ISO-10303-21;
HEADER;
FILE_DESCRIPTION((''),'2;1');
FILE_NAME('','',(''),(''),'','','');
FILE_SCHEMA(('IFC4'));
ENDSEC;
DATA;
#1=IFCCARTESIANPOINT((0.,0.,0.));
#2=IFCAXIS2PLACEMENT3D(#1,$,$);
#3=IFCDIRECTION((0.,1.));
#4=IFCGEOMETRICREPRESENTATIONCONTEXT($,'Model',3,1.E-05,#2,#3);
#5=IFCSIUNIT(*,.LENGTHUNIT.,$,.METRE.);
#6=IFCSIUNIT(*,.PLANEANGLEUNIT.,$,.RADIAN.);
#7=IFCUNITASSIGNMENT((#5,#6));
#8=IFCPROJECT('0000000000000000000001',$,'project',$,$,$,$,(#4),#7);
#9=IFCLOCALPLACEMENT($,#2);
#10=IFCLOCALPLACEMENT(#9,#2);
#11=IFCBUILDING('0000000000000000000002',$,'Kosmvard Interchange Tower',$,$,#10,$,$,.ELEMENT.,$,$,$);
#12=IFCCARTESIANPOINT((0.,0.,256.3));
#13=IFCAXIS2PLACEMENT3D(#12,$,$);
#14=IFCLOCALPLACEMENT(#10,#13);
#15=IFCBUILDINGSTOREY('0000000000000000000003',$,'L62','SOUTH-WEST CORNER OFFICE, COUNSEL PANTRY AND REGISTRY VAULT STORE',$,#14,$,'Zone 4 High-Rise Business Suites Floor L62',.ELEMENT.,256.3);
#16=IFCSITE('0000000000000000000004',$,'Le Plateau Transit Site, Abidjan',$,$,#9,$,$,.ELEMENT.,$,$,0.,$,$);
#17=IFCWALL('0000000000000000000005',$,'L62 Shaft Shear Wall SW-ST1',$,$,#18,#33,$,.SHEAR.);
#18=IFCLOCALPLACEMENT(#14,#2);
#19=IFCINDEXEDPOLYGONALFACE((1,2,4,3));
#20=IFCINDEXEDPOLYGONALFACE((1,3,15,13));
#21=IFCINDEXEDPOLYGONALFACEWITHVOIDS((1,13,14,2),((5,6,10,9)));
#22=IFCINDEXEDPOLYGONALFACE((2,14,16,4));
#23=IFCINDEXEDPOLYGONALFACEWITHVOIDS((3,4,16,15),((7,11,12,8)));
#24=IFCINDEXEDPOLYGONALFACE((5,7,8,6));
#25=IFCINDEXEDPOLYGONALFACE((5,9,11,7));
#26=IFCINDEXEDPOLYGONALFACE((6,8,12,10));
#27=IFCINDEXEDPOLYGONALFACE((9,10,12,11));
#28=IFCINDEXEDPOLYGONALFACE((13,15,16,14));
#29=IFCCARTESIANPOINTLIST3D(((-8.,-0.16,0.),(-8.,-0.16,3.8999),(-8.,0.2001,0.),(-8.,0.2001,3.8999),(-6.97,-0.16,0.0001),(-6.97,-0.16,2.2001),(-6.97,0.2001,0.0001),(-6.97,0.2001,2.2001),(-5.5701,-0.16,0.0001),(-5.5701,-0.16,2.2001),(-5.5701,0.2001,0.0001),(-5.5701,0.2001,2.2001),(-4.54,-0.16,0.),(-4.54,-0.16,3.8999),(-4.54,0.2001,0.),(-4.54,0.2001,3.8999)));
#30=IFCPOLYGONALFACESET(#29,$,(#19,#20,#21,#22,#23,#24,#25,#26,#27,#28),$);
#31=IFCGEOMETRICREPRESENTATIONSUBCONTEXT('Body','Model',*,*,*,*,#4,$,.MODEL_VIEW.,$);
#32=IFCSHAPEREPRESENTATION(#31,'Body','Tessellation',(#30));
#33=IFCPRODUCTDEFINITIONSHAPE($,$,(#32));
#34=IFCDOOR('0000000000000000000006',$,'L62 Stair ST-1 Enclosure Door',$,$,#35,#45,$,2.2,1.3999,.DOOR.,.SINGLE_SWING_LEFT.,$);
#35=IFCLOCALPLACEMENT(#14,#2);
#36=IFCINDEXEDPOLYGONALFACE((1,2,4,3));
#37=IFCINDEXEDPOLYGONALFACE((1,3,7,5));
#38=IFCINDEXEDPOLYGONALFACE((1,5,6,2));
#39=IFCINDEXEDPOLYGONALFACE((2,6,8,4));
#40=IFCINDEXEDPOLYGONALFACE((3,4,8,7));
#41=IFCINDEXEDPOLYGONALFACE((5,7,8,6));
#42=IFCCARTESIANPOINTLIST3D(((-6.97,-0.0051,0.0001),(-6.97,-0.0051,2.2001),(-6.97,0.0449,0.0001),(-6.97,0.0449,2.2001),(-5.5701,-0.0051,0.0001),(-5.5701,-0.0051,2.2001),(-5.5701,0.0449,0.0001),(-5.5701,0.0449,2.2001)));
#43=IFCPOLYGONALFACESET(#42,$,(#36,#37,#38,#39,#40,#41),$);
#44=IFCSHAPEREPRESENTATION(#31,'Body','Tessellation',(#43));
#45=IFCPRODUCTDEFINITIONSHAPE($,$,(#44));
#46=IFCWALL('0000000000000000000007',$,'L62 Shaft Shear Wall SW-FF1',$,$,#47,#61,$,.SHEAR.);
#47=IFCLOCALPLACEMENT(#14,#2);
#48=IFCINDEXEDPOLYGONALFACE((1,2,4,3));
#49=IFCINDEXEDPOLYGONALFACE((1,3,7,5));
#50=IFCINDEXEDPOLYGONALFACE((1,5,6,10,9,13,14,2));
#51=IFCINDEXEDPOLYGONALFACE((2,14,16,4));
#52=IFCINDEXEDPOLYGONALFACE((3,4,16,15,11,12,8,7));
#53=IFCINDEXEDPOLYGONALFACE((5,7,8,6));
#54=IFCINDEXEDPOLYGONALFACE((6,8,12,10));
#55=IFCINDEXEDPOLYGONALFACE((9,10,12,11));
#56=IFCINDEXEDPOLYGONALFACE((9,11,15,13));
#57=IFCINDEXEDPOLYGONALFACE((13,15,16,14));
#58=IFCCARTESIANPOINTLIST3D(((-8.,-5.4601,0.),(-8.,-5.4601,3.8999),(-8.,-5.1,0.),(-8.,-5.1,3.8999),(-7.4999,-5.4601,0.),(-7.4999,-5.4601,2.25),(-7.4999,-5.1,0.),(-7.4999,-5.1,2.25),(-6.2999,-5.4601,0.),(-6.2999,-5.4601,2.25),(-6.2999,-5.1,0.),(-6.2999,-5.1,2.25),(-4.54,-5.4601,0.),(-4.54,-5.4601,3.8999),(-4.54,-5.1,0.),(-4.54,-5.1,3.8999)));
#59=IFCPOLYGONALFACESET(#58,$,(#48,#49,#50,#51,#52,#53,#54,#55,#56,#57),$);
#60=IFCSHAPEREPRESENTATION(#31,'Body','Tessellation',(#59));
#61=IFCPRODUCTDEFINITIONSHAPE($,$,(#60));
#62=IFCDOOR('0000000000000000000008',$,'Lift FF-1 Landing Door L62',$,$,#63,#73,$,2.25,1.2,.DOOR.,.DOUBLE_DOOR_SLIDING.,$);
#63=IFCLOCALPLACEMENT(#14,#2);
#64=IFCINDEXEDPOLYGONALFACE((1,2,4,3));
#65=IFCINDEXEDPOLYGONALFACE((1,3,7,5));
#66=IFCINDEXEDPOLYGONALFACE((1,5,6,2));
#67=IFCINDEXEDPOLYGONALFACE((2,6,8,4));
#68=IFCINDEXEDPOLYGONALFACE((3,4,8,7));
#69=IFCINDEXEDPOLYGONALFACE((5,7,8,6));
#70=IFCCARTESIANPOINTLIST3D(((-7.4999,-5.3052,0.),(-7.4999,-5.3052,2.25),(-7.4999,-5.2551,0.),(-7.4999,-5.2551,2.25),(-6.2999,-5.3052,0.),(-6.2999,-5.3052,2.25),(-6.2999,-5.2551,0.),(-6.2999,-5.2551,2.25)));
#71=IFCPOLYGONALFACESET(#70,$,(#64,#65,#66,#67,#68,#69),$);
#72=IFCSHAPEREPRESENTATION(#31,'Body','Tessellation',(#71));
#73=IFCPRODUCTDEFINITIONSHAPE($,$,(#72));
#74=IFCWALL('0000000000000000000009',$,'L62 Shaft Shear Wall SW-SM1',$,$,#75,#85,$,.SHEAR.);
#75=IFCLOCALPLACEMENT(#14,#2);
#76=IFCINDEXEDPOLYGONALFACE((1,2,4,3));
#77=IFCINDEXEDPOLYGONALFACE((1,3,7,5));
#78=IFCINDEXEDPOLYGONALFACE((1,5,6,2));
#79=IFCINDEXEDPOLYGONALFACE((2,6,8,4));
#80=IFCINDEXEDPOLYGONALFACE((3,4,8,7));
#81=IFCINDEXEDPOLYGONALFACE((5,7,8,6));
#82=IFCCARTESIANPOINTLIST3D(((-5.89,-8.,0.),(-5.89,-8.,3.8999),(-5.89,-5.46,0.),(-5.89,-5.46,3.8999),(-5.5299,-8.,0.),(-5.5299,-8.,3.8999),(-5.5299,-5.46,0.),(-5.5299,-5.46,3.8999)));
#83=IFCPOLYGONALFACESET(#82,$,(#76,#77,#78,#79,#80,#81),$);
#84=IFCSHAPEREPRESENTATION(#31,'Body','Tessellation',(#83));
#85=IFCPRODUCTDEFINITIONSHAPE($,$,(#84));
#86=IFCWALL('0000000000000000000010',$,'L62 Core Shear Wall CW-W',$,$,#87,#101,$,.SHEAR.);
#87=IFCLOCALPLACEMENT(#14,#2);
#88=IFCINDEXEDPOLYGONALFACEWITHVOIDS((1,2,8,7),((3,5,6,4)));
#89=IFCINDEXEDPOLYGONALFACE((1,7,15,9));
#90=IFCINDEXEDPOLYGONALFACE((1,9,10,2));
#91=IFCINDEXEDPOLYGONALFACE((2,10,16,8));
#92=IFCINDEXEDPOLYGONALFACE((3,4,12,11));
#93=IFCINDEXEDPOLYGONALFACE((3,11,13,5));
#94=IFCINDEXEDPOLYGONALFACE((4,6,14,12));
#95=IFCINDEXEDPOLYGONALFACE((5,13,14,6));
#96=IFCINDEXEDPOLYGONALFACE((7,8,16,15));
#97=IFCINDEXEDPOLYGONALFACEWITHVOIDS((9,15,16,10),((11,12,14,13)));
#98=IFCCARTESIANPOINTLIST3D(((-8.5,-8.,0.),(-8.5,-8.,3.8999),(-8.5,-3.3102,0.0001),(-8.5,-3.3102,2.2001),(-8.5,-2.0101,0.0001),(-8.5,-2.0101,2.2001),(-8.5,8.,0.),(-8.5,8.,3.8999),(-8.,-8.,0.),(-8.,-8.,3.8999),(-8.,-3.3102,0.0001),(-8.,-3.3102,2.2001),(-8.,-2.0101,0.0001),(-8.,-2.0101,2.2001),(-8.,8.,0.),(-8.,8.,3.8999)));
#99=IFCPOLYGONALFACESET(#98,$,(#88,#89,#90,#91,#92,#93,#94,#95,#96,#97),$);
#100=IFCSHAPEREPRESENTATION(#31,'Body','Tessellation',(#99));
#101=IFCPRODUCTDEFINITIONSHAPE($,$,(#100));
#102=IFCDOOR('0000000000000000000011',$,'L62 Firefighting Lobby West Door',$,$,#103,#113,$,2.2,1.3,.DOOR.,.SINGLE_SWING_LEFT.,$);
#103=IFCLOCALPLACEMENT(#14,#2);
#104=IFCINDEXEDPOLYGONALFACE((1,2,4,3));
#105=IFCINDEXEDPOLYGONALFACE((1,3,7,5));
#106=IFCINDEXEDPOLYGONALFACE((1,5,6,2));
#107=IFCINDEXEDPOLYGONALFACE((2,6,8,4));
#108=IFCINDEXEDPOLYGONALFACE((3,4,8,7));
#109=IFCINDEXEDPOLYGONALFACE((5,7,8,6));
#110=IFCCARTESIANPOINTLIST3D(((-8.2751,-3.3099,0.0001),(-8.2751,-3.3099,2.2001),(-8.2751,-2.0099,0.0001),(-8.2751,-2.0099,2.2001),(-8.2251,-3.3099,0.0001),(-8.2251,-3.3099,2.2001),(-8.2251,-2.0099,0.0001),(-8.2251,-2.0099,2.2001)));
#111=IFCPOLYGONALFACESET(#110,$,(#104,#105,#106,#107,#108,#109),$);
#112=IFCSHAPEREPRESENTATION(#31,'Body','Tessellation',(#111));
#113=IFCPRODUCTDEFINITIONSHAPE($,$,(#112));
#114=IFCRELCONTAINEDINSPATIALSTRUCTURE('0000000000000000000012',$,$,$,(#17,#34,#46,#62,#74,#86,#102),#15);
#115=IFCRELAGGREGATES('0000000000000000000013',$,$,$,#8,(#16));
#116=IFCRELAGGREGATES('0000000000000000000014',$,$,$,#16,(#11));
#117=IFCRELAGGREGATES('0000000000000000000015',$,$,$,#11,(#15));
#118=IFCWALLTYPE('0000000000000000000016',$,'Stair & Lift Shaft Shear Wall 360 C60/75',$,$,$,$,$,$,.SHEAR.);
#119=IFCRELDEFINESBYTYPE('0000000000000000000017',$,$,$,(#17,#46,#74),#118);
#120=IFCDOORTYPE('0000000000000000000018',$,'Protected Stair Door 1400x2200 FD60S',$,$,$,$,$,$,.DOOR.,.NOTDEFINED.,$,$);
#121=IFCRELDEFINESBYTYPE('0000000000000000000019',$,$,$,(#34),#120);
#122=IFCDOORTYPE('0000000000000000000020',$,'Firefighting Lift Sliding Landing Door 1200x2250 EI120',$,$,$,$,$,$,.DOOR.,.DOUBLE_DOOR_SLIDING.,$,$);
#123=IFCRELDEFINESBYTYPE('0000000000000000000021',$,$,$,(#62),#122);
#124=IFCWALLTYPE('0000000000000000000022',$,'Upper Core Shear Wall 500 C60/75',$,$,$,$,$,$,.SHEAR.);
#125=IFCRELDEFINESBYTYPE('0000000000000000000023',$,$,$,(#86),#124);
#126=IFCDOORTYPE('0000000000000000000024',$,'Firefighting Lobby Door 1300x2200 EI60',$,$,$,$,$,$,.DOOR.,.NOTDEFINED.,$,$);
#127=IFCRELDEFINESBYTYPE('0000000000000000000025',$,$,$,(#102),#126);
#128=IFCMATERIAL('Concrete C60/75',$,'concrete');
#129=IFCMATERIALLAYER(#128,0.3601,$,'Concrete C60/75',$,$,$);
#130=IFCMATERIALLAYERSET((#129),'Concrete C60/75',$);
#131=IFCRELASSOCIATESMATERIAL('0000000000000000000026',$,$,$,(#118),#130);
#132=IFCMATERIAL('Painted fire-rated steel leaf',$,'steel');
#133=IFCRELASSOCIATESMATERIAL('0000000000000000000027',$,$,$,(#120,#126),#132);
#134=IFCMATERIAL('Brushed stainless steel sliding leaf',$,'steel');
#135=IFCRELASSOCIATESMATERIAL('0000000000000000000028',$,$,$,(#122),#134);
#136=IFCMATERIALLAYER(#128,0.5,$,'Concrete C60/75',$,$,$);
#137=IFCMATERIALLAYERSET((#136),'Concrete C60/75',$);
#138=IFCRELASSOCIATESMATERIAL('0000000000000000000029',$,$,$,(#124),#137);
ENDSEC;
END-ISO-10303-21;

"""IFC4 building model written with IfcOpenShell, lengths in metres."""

from ifc_helpers import new_model, si_unit, direction, frame, frame_2d, origin, place, context, subcontext, project, spatial, rectangle, extrude, source, transform, mapped, material, layer, layer_set, type_object, element, fill, save


model = new_model("IFC4")

# Units and contexts
model_context = context("Model", 3, precision=1e-05, world=origin(), true_north=direction((0.0, 1.0)))
body_context = subcontext(model_context, "Body", "Model", "MODEL_VIEW")
ifc_project = project(units=[si_unit("LENGTHUNIT", "METRE"), si_unit("PLANEANGLEUNIT", "RADIAN")], contexts=[model_context])

# Site, building, storey
site_placement = place(None, origin())
site = spatial("IfcSite", under=ifc_project, at=site_placement, Name="Le Plateau Transit Site, Abidjan", CompositionType="ELEMENT", RefElevation=0.0)
building_placement = place(site_placement, origin())
building = spatial("IfcBuilding", under=site, at=building_placement, Name="Kosmvard Interchange Tower", CompositionType="ELEMENT")
storey_placement = place(building_placement, frame((0.0, 0.0, 256.3)))
storey = spatial("IfcBuildingStorey", under=building, at=storey_placement, Name="L62", Description="SOUTH-WEST CORNER OFFICE, COUNSEL PANTRY AND REGISTRY VAULT STORE", LongName="Zone 4 High-Rise Business Suites Floor L62", CompositionType="ELEMENT", Elevation=256.3)

# Shared definitions
ifc_material_1 = material(Name="Concrete C60/75", Category="concrete")

# Shared definitions
ifc_material_2 = material(Name="Painted fire-rated steel leaf", Category="steel")
ifc_material_3 = material(Name="Brushed stainless steel sliding leaf", Category="steel")

# Shared definitions
ifc_layer_1 = layer(ifc_material_1, 0.3601, Name="Concrete C60/75")
ifc_layer_set_1 = layer_set([ifc_layer_1], Name="Concrete C60/75")
wall_type_1 = type_object("IfcWallType", Name="Stair & Lift Shaft Shear Wall 360 C60/75", PredefinedType="SHEAR", material=ifc_layer_set_1)

# Walls, openings, doors
wall_1_placement = place(storey_placement, frame((-8.0, 0.02, 0.0), z_axis=(0.0, 0.0, 1.0), x_axis=(1.0, 0.0, 0.0)))
wall_1 = element("IfcWall", 1, at=wall_1_placement, inside=storey, type_object=wall_type_1, Name="L62 Shaft Shear Wall SW-ST1", PredefinedType="SHEAR", context=body_context, shape_type="SweptSolid", body=[
    extrude(rectangle(XDim=3.46, YDim=0.3601, at=frame_2d((1.73, 0.0))), origin(), (0.0, 0.0, 1.0), 3.8999),
])
opening_1_placement = place(wall_1_placement, frame((1.03, 0.0, 0.0)))
opening_1 = element("IfcOpeningElement", 2, at=opening_1_placement, cuts=wall_1, PredefinedType="OPENING", context=body_context, shape_type="SweptSolid", body=[
    extrude(rectangle(XDim=1.3999, YDim=2.2, at=frame_2d((0.7, 1.1001))), frame((0.0, 0.1899, 0.0), z_axis=(0.0, -1.0, 0.0), x_axis=(1.0, 0.0, 0.0)), (0.0, 0.0, 1.0), 0.3801),
])
door_type_1 = type_object("IfcDoorType", Name="Protected Stair Door 1400x2200 FD60S", OperationType="NOTDEFINED", PredefinedType="DOOR", material=ifc_material_2)
shared_shape_1 = source(origin(), body_context, "Body", "SweptSolid", [
    extrude(rectangle(XDim=1.3999, YDim=2.2, at=frame_2d((0.7, 1.1001))), frame((0.0, 0.0249, 0.0), z_axis=(0.0, -1.0, 0.0), x_axis=(1.0, 0.0, 0.0)), (0.0, 0.0, 1.0), 0.05),
])
door_1_placement = place(opening_1_placement, origin())
door_1 = element("IfcDoor", 3, at=door_1_placement, inside=storey, type_object=door_type_1, Name="L62 Stair ST-1 Enclosure Door", OperationType="SINGLE_SWING_LEFT", OverallHeight=2.2, OverallWidth=1.3999, PredefinedType="DOOR", context=body_context, shape_type="MappedRepresentation", body=[
    mapped(shared_shape_1, transform((0.0, 0.0, 0.0), scale=1.0)),
])
fill(opening_1, door_1)
wall_2_placement = place(storey_placement, frame((-8.0, -5.28, 0.0), z_axis=(0.0, 0.0, 1.0), x_axis=(1.0, 0.0, 0.0)))
wall_2 = element("IfcWall", 4, at=wall_2_placement, inside=storey, type_object=wall_type_1, Name="L62 Shaft Shear Wall SW-FF1", PredefinedType="SHEAR", context=body_context, shape_type="SweptSolid", body=[
    extrude(rectangle(XDim=3.46, YDim=0.3601, at=frame_2d((1.73, 0.0))), origin(), (0.0, 0.0, 1.0), 3.8999),
])
opening_2_placement = place(wall_2_placement, frame((0.5, 0.0, 0.0)))
opening_2 = element("IfcOpeningElement", 5, at=opening_2_placement, cuts=wall_2, PredefinedType="OPENING", context=body_context, shape_type="SweptSolid", body=[
    extrude(rectangle(XDim=1.2, YDim=2.25, at=frame_2d((0.6001, 1.125))), frame((0.0, 0.1899, 0.0), z_axis=(0.0, -1.0, 0.0), x_axis=(1.0, 0.0, 0.0)), (0.0, 0.0, 1.0), 0.3801),
])
door_type_2 = type_object("IfcDoorType", Name="Firefighting Lift Sliding Landing Door 1200x2250 EI120", OperationType="DOUBLE_DOOR_SLIDING", PredefinedType="DOOR", material=ifc_material_3)
shared_shape_2 = source(origin(), body_context, "Body", "SweptSolid", [
    extrude(rectangle(XDim=1.2, YDim=2.25, at=frame_2d((0.6001, 1.125))), frame((0.0, 0.0249, 0.0), z_axis=(0.0, -1.0, 0.0), x_axis=(1.0, 0.0, 0.0)), (0.0, 0.0, 1.0), 0.05),
])
door_2_placement = place(opening_2_placement, origin())
door_2 = element("IfcDoor", 6, at=door_2_placement, inside=storey, type_object=door_type_2, Name="Lift FF-1 Landing Door L62", OperationType="DOUBLE_DOOR_SLIDING", OverallHeight=2.25, OverallWidth=1.2, PredefinedType="DOOR", context=body_context, shape_type="MappedRepresentation", body=[
    mapped(shared_shape_2, transform((0.0, 0.0, 0.0), scale=1.0)),
])
fill(opening_2, door_2)

# Wall
wall_3_placement = place(storey_placement, frame((-5.71, -8.0, 0.0), z_axis=(0.0, 0.0, 1.0), x_axis=(0.0, 1.0, 0.0)))
element("IfcWall", 7, at=wall_3_placement, inside=storey, type_object=wall_type_1, Name="L62 Shaft Shear Wall SW-SM1", PredefinedType="SHEAR", context=body_context, shape_type="SweptSolid", body=[
    extrude(rectangle(XDim=2.54, YDim=0.3601, at=frame_2d((1.27, 0.0))), origin(), (0.0, 0.0, 1.0), 3.8999),
])

# Wall, opening, door
ifc_layer_2 = layer(ifc_material_1, 0.5, Name="Concrete C60/75")
ifc_layer_set_2 = layer_set([ifc_layer_2], Name="Concrete C60/75")
wall_type_2 = type_object("IfcWallType", Name="Upper Core Shear Wall 500 C60/75", PredefinedType="SHEAR", material=ifc_layer_set_2)
wall_4_placement = place(storey_placement, frame((-8.25, -8.0, 0.0), z_axis=(0.0, 0.0, 1.0), x_axis=(0.0, 1.0, 0.0)))
wall_4 = element("IfcWall", 8, at=wall_4_placement, inside=storey, type_object=wall_type_2, Name="L62 Core Shear Wall CW-W", PredefinedType="SHEAR", context=body_context, shape_type="SweptSolid", body=[
    extrude(rectangle(XDim=16.0, YDim=0.5, at=frame_2d((8.0, 0.0))), origin(), (0.0, 0.0, 1.0), 3.8999),
])
opening_3_placement = place(wall_4_placement, frame((4.6899, 0.0, 0.0)))
opening_3 = element("IfcOpeningElement", 9, at=opening_3_placement, cuts=wall_4, PredefinedType="OPENING", context=body_context, shape_type="SweptSolid", body=[
    extrude(rectangle(XDim=1.3, YDim=2.2, at=frame_2d((0.6499, 1.1001))), frame((0.0, 0.26, 0.0), z_axis=(0.0, -1.0, 0.0), x_axis=(1.0, 0.0, 0.0)), (0.0, 0.0, 1.0), 0.52),
])
door_type_3 = type_object("IfcDoorType", Name="Firefighting Lobby Door 1300x2200 EI60", OperationType="NOTDEFINED", PredefinedType="DOOR", material=ifc_material_2)
shared_shape_3 = source(origin(), body_context, "Body", "SweptSolid", [
    extrude(rectangle(XDim=1.3, YDim=2.2, at=frame_2d((0.6499, 1.1001))), frame((0.0, 0.0249, 0.0), z_axis=(0.0, -1.0, 0.0), x_axis=(1.0, 0.0, 0.0)), (0.0, 0.0, 1.0), 0.05),
])
door_3_placement = place(opening_3_placement, frame((1.3, 0.0, 0.0), z_axis=(0.0, 0.0, 1.0), x_axis=(-1.0, 0.0, 0.0)))
door_3 = element("IfcDoor", 10, at=door_3_placement, inside=storey, type_object=door_type_3, Name="L62 Firefighting Lobby West Door", OperationType="SINGLE_SWING_LEFT", OverallHeight=2.2, OverallWidth=1.3, PredefinedType="DOOR", context=body_context, shape_type="MappedRepresentation", body=[
    mapped(shared_shape_3, transform((0.0, 0.0, 0.0), scale=1.0)),
])
fill(opening_3, door_3)

save(model, "model.ifc")
